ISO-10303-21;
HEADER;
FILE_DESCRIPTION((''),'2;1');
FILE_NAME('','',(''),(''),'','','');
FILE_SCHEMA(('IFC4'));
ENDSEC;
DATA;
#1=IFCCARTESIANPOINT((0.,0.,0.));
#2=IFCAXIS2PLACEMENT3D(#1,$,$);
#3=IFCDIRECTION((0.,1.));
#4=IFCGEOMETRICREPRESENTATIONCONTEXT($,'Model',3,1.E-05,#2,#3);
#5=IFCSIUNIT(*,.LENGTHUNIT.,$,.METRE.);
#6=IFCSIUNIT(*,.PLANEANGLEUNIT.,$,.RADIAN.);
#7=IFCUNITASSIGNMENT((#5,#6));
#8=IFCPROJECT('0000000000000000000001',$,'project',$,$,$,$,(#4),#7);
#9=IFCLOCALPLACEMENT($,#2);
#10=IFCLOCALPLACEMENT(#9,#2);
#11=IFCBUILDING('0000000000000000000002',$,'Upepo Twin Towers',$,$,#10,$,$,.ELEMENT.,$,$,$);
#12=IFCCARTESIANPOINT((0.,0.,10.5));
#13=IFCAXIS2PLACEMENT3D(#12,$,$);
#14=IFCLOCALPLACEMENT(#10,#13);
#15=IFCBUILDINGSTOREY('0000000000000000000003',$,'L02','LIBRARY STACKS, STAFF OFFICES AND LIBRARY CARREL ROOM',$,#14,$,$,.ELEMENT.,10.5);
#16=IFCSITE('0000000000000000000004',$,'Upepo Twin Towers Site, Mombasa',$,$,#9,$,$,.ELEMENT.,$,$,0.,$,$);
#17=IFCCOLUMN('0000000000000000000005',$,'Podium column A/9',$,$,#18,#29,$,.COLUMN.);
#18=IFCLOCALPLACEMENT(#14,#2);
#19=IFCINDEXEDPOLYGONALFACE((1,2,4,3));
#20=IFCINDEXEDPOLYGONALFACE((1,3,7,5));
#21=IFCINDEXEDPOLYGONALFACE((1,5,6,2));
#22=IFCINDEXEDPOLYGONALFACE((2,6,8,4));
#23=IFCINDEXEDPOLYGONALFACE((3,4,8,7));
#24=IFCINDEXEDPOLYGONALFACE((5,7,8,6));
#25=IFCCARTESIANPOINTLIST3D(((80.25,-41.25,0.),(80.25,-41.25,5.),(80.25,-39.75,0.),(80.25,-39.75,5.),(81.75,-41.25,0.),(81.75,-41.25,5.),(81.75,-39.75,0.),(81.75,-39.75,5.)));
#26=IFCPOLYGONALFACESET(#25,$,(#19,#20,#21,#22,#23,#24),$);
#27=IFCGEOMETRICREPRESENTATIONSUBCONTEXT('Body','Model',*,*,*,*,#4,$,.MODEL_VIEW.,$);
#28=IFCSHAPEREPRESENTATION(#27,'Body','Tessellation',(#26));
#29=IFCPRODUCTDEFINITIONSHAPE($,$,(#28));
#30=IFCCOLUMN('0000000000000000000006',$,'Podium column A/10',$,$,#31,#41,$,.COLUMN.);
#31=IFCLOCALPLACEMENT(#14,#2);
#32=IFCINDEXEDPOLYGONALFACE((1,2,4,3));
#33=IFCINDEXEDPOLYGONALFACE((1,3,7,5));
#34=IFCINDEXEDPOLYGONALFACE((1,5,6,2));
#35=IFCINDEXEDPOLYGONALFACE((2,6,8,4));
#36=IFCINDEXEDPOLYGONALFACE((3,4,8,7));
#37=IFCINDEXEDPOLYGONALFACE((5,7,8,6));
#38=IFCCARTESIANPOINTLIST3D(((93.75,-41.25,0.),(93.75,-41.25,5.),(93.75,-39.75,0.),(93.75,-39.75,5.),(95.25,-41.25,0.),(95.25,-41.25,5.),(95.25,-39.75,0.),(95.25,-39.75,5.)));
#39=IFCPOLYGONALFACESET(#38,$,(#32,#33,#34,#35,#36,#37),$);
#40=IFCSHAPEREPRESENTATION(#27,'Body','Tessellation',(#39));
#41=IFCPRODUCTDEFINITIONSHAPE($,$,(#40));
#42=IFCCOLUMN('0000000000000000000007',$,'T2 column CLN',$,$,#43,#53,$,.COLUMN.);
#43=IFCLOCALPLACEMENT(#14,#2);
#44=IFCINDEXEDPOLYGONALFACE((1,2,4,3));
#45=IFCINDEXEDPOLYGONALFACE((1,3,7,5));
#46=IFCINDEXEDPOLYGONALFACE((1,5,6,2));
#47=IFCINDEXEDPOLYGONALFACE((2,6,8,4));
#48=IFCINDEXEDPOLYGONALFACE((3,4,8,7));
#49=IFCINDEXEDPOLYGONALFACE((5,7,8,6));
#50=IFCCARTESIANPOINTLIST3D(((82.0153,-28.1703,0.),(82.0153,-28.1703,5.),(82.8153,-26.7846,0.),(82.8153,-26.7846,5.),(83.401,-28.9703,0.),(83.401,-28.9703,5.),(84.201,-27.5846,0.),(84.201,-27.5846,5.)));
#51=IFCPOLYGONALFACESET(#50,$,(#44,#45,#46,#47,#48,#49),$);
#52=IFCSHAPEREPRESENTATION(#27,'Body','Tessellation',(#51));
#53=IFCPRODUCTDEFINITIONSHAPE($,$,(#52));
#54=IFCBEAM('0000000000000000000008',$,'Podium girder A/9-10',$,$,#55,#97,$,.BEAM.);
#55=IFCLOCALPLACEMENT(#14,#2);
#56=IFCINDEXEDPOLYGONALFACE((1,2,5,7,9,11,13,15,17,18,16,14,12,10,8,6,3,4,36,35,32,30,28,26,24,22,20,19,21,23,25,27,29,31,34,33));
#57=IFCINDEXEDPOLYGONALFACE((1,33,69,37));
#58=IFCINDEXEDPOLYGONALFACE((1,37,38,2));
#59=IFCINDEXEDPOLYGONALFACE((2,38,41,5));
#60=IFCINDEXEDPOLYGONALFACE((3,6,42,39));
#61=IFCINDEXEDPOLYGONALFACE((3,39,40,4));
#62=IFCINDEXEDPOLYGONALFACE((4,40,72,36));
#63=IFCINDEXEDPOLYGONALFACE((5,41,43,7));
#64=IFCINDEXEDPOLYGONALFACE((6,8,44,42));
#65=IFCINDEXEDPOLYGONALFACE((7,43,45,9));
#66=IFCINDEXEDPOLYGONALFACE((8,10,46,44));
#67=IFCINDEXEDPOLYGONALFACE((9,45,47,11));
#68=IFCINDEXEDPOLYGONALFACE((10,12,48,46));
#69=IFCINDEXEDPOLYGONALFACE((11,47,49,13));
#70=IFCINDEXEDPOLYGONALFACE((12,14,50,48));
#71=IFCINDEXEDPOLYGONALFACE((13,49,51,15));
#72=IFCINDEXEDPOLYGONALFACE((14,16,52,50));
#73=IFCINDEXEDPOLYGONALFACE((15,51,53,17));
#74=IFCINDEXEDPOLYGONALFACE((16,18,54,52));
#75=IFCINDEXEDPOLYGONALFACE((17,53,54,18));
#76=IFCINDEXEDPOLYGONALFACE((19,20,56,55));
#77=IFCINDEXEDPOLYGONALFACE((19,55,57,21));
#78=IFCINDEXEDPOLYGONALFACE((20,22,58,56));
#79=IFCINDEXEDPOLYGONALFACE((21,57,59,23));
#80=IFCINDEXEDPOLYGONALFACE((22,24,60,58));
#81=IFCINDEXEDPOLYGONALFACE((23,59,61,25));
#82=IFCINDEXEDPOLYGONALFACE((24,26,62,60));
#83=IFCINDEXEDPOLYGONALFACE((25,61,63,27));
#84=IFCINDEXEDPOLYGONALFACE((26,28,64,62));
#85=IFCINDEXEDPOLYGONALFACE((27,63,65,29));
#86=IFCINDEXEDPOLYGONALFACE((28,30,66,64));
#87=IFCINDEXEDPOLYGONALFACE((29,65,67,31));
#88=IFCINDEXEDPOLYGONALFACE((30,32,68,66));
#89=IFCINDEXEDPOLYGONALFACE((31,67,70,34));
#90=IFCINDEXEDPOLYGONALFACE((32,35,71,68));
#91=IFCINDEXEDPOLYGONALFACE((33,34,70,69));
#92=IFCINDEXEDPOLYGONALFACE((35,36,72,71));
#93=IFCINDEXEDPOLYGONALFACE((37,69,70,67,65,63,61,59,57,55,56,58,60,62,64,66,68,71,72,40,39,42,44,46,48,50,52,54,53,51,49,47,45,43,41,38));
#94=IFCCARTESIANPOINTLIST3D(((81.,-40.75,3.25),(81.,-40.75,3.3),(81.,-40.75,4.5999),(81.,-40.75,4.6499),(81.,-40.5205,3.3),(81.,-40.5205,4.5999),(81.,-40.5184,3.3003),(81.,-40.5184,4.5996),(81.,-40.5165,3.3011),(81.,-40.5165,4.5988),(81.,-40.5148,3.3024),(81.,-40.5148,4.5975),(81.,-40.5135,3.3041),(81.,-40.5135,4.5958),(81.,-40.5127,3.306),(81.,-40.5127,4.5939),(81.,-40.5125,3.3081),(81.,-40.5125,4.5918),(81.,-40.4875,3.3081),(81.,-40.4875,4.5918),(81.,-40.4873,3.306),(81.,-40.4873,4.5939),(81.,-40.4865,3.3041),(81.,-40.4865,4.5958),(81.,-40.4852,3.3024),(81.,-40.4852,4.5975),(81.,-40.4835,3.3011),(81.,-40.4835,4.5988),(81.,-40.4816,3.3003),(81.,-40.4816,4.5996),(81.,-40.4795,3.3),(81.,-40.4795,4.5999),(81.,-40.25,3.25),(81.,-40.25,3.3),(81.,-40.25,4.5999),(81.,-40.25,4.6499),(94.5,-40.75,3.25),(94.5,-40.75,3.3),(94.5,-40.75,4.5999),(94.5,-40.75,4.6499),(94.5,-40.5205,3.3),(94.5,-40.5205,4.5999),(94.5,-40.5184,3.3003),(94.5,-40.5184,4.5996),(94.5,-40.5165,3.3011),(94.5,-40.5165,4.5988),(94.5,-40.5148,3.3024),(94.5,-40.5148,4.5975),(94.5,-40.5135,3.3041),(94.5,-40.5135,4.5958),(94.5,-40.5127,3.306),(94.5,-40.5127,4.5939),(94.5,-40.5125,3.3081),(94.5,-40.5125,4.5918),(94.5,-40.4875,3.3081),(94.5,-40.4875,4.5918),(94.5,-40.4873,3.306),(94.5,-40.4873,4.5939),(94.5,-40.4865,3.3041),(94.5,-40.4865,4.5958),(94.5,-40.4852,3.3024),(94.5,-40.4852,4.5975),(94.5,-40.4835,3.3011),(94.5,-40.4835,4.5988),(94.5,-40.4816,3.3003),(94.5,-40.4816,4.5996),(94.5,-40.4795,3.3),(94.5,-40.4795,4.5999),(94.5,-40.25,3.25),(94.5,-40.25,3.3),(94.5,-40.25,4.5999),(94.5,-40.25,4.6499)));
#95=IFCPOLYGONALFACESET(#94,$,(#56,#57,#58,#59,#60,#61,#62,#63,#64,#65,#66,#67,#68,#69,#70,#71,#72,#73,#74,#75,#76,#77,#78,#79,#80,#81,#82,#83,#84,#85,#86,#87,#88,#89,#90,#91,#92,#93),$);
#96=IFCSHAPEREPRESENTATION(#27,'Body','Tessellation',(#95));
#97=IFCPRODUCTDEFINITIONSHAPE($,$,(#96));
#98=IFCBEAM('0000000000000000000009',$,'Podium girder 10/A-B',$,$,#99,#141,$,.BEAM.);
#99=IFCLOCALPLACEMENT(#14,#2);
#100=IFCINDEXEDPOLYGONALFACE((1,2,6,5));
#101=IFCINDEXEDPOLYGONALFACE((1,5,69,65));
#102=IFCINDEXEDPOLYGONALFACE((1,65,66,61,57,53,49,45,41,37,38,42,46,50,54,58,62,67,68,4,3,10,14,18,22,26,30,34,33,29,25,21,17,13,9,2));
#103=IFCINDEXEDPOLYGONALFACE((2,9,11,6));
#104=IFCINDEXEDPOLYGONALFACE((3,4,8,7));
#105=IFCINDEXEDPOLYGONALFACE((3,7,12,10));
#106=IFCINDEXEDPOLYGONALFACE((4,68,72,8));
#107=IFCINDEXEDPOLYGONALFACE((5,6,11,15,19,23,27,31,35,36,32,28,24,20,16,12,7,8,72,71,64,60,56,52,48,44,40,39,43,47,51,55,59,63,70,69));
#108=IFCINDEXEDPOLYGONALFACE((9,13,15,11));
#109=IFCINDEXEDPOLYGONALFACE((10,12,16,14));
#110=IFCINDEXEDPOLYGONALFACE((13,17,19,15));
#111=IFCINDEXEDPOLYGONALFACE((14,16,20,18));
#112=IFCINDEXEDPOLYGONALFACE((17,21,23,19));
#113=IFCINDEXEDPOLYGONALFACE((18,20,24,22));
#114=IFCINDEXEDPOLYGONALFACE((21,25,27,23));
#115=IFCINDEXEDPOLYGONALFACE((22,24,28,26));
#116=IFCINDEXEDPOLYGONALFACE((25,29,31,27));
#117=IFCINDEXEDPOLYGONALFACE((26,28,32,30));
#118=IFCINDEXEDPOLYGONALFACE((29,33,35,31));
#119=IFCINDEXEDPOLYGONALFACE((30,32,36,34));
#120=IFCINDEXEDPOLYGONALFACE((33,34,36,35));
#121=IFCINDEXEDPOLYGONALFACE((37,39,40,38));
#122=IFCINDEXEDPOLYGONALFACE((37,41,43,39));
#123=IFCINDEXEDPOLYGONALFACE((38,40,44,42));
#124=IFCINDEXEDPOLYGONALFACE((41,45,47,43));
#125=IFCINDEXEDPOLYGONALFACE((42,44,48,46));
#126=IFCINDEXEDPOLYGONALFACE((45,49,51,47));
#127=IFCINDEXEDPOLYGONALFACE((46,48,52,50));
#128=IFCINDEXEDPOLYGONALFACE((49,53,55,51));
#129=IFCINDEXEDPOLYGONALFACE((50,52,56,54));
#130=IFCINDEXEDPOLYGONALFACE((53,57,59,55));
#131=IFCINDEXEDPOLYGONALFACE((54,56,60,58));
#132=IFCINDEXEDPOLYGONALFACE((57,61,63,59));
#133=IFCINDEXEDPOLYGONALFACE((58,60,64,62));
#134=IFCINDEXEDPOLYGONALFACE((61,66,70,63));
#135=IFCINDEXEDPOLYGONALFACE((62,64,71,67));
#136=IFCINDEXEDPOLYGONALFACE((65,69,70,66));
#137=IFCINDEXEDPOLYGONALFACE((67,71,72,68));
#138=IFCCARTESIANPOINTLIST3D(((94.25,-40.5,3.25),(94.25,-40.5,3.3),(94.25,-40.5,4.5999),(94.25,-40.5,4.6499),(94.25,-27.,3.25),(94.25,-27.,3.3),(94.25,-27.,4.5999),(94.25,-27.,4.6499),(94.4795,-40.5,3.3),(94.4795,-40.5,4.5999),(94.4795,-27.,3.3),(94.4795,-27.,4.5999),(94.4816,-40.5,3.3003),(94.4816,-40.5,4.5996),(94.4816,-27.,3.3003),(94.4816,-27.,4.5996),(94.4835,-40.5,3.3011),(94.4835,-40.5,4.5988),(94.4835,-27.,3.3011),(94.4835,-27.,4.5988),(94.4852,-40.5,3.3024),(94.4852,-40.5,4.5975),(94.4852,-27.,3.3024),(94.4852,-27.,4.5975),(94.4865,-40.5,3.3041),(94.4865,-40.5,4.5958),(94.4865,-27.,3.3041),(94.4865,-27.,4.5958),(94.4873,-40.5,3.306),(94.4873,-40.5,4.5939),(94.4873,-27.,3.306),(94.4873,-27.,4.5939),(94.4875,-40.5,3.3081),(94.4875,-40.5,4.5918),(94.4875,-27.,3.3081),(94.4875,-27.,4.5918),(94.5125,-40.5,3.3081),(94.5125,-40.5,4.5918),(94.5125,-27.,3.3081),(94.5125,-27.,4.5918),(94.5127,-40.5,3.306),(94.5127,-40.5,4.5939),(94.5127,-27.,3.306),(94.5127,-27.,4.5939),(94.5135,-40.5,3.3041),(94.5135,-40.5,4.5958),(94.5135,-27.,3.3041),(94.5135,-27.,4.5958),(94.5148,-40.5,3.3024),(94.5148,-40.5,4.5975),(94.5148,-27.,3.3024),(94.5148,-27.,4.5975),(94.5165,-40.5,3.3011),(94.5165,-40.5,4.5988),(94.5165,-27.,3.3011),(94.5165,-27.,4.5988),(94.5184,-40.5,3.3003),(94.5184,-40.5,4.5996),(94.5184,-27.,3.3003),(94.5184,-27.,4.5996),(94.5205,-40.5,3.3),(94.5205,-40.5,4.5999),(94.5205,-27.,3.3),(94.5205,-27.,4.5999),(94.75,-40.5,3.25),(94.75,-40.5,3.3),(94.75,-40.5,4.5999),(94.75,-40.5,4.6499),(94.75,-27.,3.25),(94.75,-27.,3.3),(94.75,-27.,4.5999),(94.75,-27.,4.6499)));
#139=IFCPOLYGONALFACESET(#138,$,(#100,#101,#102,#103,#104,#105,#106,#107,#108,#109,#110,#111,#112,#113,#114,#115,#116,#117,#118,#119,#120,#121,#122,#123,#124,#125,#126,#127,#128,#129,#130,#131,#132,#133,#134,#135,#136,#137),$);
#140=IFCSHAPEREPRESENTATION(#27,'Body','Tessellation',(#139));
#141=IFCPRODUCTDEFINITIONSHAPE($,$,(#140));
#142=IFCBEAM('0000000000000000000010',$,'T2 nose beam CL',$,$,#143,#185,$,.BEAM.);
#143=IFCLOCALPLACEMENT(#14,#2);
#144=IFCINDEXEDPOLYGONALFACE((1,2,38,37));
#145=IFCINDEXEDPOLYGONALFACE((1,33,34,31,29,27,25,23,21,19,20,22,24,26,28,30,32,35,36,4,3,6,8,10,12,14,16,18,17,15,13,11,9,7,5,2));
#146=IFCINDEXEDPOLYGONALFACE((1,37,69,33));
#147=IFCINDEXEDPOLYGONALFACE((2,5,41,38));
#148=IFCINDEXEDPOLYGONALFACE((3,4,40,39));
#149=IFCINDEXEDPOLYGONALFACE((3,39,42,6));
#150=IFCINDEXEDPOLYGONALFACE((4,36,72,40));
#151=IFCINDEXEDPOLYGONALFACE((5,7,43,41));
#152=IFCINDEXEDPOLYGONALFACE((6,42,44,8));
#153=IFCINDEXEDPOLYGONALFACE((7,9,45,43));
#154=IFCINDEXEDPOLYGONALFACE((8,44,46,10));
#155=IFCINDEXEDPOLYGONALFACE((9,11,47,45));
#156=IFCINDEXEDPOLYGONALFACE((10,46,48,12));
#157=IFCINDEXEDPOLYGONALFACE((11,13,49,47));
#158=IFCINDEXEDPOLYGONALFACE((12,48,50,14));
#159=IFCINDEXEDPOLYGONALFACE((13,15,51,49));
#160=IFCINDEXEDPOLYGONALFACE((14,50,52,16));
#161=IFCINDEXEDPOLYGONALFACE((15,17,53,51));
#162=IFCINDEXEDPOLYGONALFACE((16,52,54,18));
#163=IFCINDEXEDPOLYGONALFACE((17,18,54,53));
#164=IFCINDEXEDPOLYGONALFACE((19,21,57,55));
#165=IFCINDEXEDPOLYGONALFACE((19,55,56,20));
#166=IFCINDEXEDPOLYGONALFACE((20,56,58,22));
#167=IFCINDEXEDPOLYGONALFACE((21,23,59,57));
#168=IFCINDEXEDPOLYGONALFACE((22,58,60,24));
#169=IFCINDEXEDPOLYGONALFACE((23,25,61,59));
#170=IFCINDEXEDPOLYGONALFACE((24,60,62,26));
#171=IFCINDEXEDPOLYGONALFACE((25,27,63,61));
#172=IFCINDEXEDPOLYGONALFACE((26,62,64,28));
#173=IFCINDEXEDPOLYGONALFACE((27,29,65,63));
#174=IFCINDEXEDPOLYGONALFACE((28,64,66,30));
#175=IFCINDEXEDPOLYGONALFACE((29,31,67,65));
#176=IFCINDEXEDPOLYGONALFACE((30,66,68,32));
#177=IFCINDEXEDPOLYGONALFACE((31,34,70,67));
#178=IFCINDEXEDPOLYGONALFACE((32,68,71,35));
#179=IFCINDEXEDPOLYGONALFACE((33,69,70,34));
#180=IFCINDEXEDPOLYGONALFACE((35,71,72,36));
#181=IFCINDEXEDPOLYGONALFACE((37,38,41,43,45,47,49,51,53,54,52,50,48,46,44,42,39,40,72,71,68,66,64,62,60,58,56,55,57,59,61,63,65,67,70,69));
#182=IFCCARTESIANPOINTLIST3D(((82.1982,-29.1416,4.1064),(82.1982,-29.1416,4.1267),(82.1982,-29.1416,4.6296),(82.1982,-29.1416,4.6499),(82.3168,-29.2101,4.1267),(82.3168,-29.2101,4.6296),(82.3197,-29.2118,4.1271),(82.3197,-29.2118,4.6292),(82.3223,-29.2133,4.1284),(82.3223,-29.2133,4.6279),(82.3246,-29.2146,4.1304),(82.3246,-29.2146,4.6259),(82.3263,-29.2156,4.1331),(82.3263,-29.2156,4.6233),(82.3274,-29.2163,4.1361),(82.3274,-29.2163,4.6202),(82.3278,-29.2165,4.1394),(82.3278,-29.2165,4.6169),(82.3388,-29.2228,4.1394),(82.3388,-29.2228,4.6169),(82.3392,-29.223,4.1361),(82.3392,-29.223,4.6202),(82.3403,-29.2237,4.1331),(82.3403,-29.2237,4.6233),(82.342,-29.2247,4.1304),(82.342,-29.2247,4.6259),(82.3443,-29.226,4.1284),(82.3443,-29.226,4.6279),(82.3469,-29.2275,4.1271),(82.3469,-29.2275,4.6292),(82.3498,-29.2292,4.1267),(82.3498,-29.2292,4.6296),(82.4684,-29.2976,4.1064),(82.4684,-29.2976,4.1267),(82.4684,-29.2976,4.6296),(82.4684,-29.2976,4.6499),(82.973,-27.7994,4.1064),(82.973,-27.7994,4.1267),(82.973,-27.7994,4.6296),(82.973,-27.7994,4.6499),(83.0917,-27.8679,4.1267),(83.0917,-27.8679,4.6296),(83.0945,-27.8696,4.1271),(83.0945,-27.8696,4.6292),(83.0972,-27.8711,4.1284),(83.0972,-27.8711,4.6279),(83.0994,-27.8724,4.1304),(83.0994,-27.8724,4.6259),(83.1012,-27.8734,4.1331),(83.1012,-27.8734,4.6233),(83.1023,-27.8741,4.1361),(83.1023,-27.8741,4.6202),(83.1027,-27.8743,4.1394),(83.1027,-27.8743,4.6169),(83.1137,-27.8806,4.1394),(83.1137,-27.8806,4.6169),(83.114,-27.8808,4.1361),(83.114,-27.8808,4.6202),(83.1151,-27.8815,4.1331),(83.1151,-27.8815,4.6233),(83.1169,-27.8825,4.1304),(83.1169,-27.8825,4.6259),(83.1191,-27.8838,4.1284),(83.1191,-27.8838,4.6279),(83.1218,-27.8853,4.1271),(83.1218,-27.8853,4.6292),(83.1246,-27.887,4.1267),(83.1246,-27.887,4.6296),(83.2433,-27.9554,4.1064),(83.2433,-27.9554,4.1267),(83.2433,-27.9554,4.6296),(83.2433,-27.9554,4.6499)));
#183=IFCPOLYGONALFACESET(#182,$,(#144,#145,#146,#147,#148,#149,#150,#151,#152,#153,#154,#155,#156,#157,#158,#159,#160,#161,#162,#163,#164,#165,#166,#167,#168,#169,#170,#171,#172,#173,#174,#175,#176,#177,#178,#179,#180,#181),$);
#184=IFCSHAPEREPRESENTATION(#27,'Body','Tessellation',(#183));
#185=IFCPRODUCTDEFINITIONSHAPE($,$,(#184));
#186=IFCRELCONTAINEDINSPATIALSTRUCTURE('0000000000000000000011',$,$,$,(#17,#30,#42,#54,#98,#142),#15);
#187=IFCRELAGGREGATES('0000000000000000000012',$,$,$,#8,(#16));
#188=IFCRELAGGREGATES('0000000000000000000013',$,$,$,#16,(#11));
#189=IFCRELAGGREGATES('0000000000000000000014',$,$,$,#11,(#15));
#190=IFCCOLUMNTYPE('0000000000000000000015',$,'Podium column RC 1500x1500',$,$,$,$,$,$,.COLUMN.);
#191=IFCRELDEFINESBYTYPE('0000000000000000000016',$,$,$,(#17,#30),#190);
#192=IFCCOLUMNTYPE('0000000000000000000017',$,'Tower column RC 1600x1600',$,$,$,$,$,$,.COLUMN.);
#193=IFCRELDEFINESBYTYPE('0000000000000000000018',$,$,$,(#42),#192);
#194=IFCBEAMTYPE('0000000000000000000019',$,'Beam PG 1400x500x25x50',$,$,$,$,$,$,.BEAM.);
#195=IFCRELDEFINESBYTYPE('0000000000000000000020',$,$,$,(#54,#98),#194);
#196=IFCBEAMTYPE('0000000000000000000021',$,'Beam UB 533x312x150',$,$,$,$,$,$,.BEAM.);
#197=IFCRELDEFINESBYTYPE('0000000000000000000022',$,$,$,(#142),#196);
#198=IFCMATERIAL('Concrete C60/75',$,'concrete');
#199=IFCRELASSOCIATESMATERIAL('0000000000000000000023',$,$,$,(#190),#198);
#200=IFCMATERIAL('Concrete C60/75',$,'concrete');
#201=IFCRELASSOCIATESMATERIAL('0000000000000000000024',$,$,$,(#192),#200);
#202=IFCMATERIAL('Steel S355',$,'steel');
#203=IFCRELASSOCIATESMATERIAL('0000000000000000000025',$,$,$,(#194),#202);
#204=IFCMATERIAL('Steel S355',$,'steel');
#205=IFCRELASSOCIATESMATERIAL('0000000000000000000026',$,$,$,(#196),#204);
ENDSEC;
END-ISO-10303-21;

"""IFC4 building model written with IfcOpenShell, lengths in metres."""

from ifc_helpers import new_model, si_unit, direction, frame, origin, origin_2d, place, context, subcontext, project, spatial, rectangle, i_section, extrude, material, material_profile, profile_set, type_object, element, save


model = new_model("IFC4")

# Units and contexts
model_context = context("Model", 3, precision=1e-05, world=origin(), true_north=direction((0.0, 1.0)))
body_context = subcontext(model_context, "Body", "Model", "MODEL_VIEW")
ifc_project = project(units=[si_unit("LENGTHUNIT", "METRE"), si_unit("PLANEANGLEUNIT", "RADIAN")], contexts=[model_context])

# Site, building, storey
site_placement = place(None, origin())
site = spatial("IfcSite", under=ifc_project, at=site_placement, Name="Upepo Twin Towers Site, Mombasa", CompositionType="ELEMENT", RefElevation=0.0)
building_placement = place(site_placement, origin())
building = spatial("IfcBuilding", under=site, at=building_placement, Name="Upepo Twin Towers", CompositionType="ELEMENT")
storey_placement = place(building_placement, frame((0.0, 0.0, 10.5)))
storey = spatial("IfcBuildingStorey", under=building, at=storey_placement, Name="L02", Description="LIBRARY STACKS, STAFF OFFICES AND LIBRARY CARREL ROOM", CompositionType="ELEMENT", Elevation=10.5)

# Columns
ifc_material_1 = material(Name="Concrete C60/75", Category="concrete")
ifc_material_profile_1 = material_profile(ifc_material_1, rectangle(XDim=1.5, YDim=1.5, at=origin_2d()), Name="RC 1500x1500")
ifc_profile_set_1 = profile_set([ifc_material_profile_1], Name="Concrete C60/75")
column_type_1 = type_object("IfcColumnType", Name="Podium column RC 1500x1500", PredefinedType="COLUMN", material=ifc_profile_set_1)
for number, where, z_axis, x_axis, name in (
    (1, (81.0, -40.5, 0.0), (0.0, 0.0, 1.0), (1.0, 0.0, 0.0), "Podium column A/9"),
    (2, (94.5, -40.5, 0.0), (0.0, 0.0, 1.0), (1.0, 0.0, 0.0), "Podium column A/10"),
):
    element("IfcColumn", number, at=place(storey_placement, frame(where, z_axis=z_axis, x_axis=x_axis)), inside=storey, type_object=column_type_1, Name=name, PredefinedType="COLUMN", context=body_context, shape_type="SweptSolid", body=[
        extrude(rectangle(XDim=1.5, YDim=1.5, at=origin_2d()), origin(), (0.0, 0.0, 1.0), 5.0),
    ])
ifc_material_2 = material(Name="Concrete C60/75", Category="concrete")
ifc_material_profile_2 = material_profile(ifc_material_2, rectangle(XDim=1.6001, YDim=1.6001, at=origin_2d()), Name="RC 1600x1600")
ifc_profile_set_2 = profile_set([ifc_material_profile_2], Name="Concrete C60/75")
column_type_2 = type_object("IfcColumnType", Name="Tower column RC 1600x1600", PredefinedType="COLUMN", material=ifc_profile_set_2)
column_placement = place(storey_placement, frame((83.1082, -27.8774, 0.0), z_axis=(0.0, 0.0, 1.0), x_axis=(0.5, 0.866025, 0.0)))
element("IfcColumn", 3, at=column_placement, inside=storey, type_object=column_type_2, Name="T2 column CLN", PredefinedType="COLUMN", context=body_context, shape_type="SweptSolid", body=[
    extrude(rectangle(XDim=1.6001, YDim=1.6001, at=origin_2d()), origin(), (0.0, 0.0, 1.0), 5.0),
])

# Beams
ifc_material_3 = material(Name="Steel S355", Category="steel")
ifc_material_profile_3 = material_profile(ifc_material_3, i_section(OverallWidth=0.5, OverallDepth=1.3999, WebThickness=0.0249, FlangeThickness=0.05, FilletRadius=0.0081, at=origin_2d()), Name="PG 1400x500x25x50")
ifc_profile_set_3 = profile_set([ifc_material_profile_3], Name="Steel S355")
beam_type_1 = type_object("IfcBeamType", Name="Beam PG 1400x500x25x50", PredefinedType="BEAM", material=ifc_profile_set_3)
for number, where, z_axis, x_axis, name in (
    (4, (81.0, -40.5, 3.95), (1.0, 0.0, 0.0), (0.0, 1.0, 0.0), "Podium girder A/9-10"),
    (5, (94.5, -40.5, 3.95), (0.0, 1.0, 0.0), (-1.0, 0.0, 0.0), "Podium girder 10/A-B"),
):
    element("IfcBeam", number, at=place(storey_placement, frame(where, z_axis=z_axis, x_axis=x_axis)), inside=storey, type_object=beam_type_1, Name=name, PredefinedType="BEAM", context=body_context, shape_type="SweptSolid", body=[
        extrude(i_section(OverallWidth=0.5, OverallDepth=1.3999, WebThickness=0.0249, FlangeThickness=0.05, FilletRadius=0.0081, at=origin_2d()), origin(), (0.0, 0.0, 1.0), 13.5),
    ])
ifc_material_4 = material(Name="Steel S355", Category="steel")
ifc_material_profile_4 = material_profile(ifc_material_4, i_section(OverallWidth=0.312, OverallDepth=0.5435, WebThickness=0.0127, FlangeThickness=0.0203, FilletRadius=0.0127, at=origin_2d()), Name="UB 533x312x150")
ifc_profile_set_4 = profile_set([ifc_material_profile_4], Name="Steel S355")
beam_type_2 = type_object("IfcBeamType", Name="Beam UB 533x312x150", PredefinedType="BEAM", material=ifc_profile_set_4)
beam_placement = place(storey_placement, frame((83.1082, -27.8774, 4.3782), z_axis=(-0.499968, -0.866044, 0.0), x_axis=(0.866044, -0.499968, 0.0)))
element("IfcBeam", 6, at=beam_placement, inside=storey, type_object=beam_type_2, Name="T2 nose beam CL", PredefinedType="BEAM", context=body_context, shape_type="SweptSolid", body=[
    extrude(i_section(OverallWidth=0.312, OverallDepth=0.5435, WebThickness=0.0127, FlangeThickness=0.0203, FilletRadius=0.0127, at=origin_2d()), origin(), (0.0, 0.0, 1.0), 1.5498),
])

save(model, "model.ifc")
